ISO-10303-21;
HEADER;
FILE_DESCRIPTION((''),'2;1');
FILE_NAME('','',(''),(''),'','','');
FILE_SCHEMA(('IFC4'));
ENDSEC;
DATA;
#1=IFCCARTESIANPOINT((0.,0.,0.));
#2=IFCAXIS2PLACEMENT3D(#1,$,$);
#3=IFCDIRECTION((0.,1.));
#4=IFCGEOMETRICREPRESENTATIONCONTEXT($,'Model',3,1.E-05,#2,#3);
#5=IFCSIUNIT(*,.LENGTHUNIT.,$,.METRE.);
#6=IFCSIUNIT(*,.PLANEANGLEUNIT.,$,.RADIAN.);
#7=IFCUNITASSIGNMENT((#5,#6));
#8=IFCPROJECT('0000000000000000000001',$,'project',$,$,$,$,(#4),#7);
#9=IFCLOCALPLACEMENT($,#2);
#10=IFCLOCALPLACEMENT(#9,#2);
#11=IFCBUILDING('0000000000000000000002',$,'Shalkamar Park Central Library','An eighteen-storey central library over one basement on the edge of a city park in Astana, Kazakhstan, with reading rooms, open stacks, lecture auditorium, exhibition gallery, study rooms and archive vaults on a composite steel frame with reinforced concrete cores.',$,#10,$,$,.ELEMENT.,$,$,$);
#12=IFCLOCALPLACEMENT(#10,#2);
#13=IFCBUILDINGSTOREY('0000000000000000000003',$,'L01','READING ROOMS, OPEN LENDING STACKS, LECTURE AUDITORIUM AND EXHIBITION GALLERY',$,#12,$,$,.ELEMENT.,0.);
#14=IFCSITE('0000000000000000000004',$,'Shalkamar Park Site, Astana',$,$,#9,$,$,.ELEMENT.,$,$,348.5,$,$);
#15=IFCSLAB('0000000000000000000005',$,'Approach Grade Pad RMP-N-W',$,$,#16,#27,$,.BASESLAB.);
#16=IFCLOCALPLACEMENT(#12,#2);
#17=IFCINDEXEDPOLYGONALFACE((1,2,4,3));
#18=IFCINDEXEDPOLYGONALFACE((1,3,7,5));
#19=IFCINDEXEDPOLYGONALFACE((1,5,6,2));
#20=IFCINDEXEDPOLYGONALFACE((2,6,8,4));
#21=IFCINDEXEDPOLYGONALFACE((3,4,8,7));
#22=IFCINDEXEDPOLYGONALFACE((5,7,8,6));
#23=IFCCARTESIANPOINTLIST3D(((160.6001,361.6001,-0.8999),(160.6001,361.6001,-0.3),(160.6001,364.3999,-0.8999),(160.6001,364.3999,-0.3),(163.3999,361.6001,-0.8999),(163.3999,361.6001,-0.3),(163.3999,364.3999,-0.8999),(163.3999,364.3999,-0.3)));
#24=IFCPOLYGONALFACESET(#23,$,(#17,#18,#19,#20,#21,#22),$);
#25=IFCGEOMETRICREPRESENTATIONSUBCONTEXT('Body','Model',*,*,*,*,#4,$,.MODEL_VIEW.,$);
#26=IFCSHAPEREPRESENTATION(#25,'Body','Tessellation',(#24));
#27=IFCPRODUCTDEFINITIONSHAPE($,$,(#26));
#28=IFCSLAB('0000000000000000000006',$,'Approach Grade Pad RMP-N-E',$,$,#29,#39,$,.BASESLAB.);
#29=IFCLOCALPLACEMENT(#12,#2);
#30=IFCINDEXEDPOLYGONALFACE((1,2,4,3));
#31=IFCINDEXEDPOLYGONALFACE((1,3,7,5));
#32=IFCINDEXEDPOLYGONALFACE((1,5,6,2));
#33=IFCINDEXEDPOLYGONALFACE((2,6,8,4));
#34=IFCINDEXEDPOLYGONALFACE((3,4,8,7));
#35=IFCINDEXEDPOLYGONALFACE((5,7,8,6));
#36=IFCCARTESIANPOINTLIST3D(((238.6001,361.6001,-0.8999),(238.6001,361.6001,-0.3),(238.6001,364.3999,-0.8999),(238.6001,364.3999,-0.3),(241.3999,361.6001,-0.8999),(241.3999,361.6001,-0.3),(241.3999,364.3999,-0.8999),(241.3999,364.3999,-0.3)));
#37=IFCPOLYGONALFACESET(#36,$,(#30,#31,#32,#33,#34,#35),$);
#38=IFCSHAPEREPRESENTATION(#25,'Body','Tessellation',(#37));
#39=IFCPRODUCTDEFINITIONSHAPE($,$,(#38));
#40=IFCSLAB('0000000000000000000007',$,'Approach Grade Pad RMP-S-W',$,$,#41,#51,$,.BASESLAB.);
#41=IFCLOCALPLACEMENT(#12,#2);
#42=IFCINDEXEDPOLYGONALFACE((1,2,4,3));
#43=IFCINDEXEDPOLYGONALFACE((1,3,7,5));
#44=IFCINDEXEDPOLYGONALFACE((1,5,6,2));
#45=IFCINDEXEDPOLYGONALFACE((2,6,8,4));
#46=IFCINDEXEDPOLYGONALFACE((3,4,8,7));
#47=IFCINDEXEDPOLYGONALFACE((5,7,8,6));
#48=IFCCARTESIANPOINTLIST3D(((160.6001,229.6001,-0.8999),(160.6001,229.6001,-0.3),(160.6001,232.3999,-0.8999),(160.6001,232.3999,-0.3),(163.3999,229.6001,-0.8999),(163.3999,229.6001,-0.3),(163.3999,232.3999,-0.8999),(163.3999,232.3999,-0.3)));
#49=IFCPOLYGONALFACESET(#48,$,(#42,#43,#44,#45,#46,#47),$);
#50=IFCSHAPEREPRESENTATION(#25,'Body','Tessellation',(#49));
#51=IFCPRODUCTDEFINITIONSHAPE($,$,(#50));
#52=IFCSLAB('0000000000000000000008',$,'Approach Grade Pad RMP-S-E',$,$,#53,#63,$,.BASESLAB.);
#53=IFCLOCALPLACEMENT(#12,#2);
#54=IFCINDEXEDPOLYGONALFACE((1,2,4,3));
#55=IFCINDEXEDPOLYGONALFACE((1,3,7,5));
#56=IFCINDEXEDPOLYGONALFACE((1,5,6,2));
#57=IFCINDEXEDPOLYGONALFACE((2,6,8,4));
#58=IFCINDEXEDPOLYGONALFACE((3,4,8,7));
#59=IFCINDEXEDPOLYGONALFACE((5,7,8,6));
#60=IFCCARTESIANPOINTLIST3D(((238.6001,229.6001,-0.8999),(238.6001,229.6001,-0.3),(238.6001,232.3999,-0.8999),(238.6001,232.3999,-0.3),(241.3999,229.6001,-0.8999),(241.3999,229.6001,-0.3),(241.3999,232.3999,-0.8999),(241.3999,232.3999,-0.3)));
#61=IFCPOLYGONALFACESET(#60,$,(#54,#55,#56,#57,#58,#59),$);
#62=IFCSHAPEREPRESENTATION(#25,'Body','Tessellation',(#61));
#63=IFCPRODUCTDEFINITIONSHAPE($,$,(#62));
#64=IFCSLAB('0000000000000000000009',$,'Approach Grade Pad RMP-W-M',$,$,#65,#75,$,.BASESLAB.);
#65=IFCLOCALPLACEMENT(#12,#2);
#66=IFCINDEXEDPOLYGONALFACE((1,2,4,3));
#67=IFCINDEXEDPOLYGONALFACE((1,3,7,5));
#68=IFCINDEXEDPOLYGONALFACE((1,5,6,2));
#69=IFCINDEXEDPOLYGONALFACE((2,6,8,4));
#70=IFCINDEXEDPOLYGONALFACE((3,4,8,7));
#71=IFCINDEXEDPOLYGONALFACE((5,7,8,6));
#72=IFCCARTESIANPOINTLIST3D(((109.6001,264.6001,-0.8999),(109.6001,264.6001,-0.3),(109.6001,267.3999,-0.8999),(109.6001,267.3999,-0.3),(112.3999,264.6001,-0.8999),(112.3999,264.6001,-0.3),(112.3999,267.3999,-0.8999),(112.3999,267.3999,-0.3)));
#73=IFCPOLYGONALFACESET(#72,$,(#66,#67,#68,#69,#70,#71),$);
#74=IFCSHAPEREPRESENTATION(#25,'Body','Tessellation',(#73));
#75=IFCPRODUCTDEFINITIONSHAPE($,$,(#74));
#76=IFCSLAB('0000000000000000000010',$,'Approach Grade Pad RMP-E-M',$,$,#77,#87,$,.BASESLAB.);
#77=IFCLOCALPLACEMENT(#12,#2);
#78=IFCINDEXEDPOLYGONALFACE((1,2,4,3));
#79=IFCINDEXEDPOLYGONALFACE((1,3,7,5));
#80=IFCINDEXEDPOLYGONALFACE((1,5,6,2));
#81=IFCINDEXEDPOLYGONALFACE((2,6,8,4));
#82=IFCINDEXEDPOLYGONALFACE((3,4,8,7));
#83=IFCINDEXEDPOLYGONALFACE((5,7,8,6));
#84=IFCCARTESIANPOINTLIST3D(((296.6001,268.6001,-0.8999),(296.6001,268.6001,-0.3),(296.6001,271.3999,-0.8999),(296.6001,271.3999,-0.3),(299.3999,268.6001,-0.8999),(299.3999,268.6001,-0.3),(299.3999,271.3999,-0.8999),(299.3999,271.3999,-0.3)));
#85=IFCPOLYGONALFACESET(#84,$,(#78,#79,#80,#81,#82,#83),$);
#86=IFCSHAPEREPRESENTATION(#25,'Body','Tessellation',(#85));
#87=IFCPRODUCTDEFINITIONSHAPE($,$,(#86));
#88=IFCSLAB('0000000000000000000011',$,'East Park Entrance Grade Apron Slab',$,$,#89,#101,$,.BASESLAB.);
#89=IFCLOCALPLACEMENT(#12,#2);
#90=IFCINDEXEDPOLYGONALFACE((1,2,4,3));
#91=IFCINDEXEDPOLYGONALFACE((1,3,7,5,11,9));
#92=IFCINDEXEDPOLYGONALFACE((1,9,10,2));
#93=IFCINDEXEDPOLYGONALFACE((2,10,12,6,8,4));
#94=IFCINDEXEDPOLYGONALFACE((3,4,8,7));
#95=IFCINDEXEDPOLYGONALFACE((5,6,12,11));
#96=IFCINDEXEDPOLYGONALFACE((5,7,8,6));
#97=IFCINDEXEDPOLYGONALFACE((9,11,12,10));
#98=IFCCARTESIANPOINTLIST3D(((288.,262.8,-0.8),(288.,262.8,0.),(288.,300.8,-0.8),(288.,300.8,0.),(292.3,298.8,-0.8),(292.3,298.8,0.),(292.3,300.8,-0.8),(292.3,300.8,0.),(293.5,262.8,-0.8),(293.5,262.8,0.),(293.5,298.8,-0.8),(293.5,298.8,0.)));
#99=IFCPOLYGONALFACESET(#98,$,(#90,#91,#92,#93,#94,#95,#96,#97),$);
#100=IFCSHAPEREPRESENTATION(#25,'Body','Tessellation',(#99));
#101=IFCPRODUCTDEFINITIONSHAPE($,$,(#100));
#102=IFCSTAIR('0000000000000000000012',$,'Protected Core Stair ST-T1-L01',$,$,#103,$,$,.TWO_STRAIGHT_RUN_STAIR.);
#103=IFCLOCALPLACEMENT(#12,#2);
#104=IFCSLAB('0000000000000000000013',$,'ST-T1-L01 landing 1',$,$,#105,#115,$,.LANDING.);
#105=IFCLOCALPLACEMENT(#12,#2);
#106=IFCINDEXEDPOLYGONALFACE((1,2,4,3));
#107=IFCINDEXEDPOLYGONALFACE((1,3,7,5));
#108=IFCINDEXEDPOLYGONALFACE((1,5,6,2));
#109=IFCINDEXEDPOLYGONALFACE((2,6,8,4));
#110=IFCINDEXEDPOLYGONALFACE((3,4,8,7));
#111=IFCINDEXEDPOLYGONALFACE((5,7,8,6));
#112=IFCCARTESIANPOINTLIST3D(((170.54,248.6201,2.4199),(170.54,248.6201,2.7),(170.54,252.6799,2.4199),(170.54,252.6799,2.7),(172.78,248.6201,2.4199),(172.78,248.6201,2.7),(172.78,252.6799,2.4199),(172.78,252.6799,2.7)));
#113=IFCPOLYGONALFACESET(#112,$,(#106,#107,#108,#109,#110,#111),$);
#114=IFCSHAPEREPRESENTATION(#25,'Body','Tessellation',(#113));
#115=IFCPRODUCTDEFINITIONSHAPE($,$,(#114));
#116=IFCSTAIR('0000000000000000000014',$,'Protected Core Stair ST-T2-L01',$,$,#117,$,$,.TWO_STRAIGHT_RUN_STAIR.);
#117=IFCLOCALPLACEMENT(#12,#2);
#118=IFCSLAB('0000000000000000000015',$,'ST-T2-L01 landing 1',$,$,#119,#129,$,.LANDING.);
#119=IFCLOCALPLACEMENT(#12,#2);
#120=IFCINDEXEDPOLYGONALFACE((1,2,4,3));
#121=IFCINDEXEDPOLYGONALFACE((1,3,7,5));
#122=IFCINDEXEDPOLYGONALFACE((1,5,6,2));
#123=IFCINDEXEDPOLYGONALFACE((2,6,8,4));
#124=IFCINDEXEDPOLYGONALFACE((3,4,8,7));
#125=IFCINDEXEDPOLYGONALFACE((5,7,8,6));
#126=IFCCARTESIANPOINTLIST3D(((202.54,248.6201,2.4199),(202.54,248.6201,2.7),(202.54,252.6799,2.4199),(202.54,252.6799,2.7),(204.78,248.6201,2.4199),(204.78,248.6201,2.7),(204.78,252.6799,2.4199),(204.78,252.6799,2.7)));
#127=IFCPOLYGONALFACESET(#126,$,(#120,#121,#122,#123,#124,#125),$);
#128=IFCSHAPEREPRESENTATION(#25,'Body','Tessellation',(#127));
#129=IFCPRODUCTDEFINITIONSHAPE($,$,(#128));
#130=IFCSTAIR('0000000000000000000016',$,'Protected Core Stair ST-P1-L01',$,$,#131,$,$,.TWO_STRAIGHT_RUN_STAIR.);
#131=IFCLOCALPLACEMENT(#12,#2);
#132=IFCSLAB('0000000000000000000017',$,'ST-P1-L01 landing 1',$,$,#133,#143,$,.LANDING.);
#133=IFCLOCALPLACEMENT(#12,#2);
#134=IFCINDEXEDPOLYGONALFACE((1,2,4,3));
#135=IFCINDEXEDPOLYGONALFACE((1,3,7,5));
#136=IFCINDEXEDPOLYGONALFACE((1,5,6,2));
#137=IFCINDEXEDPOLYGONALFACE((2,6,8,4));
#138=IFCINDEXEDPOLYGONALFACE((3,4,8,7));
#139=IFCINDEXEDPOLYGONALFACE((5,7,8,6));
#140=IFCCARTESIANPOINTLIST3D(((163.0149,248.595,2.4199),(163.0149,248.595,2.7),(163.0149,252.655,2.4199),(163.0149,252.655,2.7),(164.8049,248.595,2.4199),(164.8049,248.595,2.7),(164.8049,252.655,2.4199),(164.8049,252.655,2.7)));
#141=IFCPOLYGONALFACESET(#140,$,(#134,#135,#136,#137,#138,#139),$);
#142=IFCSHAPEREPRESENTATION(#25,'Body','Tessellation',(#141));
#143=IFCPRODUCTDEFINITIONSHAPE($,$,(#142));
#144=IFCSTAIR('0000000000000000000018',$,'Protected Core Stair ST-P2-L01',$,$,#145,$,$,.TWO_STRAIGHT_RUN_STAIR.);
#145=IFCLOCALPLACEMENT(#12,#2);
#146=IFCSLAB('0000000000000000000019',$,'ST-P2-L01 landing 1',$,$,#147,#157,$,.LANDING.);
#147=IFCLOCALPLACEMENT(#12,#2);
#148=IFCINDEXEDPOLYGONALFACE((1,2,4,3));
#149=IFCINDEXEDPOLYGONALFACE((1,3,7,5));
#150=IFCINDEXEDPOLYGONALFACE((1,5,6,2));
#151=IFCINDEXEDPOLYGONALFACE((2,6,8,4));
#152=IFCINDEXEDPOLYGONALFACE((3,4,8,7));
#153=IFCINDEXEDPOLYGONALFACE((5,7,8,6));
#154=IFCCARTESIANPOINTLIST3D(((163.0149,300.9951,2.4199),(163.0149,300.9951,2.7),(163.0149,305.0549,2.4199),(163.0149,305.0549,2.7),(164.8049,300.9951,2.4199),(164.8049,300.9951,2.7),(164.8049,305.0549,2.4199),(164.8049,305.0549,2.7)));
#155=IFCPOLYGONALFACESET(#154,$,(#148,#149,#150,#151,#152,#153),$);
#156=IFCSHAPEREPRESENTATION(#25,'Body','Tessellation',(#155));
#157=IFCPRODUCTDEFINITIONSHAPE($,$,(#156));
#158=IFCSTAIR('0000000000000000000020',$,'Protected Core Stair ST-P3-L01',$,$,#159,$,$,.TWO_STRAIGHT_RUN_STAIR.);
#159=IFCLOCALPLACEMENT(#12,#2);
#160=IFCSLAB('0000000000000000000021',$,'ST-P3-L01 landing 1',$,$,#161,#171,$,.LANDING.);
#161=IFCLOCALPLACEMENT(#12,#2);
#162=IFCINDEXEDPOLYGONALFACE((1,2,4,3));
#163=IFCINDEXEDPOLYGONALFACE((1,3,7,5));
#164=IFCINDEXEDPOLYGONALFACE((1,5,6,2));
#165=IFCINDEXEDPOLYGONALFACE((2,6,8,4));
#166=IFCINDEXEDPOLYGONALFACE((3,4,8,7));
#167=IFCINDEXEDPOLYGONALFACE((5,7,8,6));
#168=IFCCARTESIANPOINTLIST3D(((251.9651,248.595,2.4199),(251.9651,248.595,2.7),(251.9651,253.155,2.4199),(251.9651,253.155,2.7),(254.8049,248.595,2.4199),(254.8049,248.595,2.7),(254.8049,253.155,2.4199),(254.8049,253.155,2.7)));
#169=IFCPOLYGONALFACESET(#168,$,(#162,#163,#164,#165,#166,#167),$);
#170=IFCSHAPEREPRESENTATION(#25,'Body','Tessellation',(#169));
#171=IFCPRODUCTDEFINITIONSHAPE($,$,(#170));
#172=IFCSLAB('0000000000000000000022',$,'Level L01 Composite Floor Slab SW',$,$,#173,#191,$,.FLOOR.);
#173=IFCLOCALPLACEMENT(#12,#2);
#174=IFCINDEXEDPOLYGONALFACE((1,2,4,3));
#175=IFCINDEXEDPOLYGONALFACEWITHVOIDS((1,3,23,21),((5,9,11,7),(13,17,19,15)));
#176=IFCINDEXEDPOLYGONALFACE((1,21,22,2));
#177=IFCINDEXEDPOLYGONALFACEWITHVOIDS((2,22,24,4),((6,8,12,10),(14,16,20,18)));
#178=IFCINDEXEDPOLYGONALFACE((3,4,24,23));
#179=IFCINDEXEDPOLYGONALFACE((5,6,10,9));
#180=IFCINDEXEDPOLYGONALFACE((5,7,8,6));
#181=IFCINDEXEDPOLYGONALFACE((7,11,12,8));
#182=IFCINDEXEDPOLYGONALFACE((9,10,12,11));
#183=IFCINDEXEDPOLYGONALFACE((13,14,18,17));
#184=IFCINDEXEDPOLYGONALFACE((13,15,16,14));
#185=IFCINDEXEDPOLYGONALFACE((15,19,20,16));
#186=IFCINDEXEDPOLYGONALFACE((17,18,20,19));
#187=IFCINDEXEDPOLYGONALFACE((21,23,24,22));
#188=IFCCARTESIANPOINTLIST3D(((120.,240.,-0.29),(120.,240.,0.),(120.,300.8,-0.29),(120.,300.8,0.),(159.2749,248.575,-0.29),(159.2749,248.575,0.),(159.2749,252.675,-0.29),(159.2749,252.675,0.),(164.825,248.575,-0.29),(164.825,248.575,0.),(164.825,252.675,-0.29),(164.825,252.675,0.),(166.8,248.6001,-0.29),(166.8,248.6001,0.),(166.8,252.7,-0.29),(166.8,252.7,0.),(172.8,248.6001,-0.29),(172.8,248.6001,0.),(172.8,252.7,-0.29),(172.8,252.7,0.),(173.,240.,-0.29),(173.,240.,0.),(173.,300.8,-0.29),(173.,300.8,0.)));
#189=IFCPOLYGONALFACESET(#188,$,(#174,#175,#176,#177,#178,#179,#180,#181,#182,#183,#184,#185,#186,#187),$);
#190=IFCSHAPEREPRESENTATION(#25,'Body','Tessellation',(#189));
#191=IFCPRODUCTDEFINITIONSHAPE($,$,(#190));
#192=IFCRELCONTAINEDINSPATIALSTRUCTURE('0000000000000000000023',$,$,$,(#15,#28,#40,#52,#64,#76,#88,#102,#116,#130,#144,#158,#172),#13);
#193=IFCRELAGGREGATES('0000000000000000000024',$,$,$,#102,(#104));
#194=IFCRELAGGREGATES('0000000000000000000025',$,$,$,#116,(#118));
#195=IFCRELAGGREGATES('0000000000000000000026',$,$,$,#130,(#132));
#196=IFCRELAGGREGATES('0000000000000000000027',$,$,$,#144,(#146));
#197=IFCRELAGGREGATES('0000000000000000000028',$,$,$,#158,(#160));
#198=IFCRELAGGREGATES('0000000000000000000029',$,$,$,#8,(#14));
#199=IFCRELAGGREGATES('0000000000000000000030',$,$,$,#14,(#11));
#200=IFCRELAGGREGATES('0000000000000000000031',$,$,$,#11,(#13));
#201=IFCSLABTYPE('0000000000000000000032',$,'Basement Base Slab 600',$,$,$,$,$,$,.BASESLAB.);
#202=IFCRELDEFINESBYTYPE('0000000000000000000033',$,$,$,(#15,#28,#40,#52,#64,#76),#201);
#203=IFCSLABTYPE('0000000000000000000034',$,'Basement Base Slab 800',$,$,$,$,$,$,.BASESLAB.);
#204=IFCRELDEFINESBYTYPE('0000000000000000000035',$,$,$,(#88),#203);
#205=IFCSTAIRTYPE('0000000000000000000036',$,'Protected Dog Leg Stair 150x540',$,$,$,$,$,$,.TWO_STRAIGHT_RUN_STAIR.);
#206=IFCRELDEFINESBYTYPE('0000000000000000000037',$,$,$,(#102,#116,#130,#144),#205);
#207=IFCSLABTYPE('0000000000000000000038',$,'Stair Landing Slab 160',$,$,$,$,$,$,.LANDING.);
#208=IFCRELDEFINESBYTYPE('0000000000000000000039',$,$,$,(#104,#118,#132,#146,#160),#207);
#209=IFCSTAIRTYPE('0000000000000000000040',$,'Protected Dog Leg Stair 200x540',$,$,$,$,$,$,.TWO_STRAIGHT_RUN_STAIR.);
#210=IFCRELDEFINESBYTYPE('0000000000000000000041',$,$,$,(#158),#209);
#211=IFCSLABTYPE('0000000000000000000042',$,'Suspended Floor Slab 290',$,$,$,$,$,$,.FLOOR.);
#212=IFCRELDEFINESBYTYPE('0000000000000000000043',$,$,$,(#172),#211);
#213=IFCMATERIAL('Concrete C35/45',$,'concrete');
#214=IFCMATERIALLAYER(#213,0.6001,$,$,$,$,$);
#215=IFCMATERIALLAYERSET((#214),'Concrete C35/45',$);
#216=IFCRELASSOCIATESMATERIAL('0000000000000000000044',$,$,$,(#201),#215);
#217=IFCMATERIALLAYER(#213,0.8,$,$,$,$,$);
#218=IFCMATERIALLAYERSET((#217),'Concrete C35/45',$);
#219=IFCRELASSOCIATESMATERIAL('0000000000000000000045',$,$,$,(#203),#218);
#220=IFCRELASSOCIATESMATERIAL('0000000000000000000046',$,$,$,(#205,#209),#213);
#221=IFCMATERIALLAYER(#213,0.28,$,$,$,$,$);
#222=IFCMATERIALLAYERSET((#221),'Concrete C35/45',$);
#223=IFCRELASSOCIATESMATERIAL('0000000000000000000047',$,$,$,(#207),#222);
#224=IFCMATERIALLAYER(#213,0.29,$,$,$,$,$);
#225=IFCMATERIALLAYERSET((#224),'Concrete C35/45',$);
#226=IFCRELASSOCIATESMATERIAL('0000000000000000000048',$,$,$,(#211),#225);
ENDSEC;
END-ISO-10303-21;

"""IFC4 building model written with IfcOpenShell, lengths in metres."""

from ifc_helpers import new_model, si_unit, direction, frame, origin, place, context, subcontext, project, spatial, polyline, outline, extrude, material, layer, layer_set, type_object, element, aggregate, save


model = new_model("IFC4")

# Units and contexts
model_context = context("Model", 3, precision=1e-05, world=origin(), true_north=direction((0.0, 1.0)))
body_context = subcontext(model_context, "Body", "Model", "MODEL_VIEW")
ifc_project = project(units=[si_unit("LENGTHUNIT", "METRE"), si_unit("PLANEANGLEUNIT", "RADIAN")], contexts=[model_context])

# Site, building, storey
site_placement = place(None, origin())
site = spatial("IfcSite", under=ifc_project, at=site_placement, Name="Shalkamar Park Site, Astana", CompositionType="ELEMENT", RefElevation=348.5)
building_placement = place(site_placement, origin())
building = spatial("IfcBuilding", under=site, at=building_placement, Name="Shalkamar Park Central Library", Description="An eighteen-storey central library over one basement on the edge of a city park in Astana, Kazakhstan, with reading rooms, open stacks, lecture auditorium, exhibition gallery, study rooms and archive vaults on a composite steel frame with reinforced concrete cores.", CompositionType="ELEMENT")
storey_placement = place(building_placement, origin())
storey = spatial("IfcBuildingStorey", under=building, at=storey_placement, Name="L01", Description="READING ROOMS, OPEN LENDING STACKS, LECTURE AUDITORIUM AND EXHIBITION GALLERY", CompositionType="ELEMENT", Elevation=0.0)

# Slabs
ifc_material_1 = material(Name="Concrete C35/45", Category="concrete")
ifc_layer_1 = layer(ifc_material_1, 0.6001)
ifc_layer_set_1 = layer_set([ifc_layer_1], Name="Concrete C35/45")
slab_type_1 = type_object("IfcSlabType", Name="Basement Base Slab 600", PredefinedType="BASESLAB", material=ifc_layer_set_1)
slab_1_placement = place(storey_placement, frame((0.0, 0.0, -0.8999)))
element("IfcSlab", 1, at=slab_1_placement, inside=storey, type_object=slab_type_1, Name="Approach Grade Pad RMP-N-W", PredefinedType="BASESLAB", context=body_context, shape_type="SweptSolid", body=[
    extrude(outline(polyline([(160.6001, 361.6001), (163.3999, 361.6001), (163.3999, 364.3999), (160.6001, 364.3999), (160.6001, 361.6001)])), origin(), (0.0, 0.0, 1.0), 0.5999),
])
slab_2_placement = place(storey_placement, frame((0.0, 0.0, -0.8999)))
element("IfcSlab", 2, at=slab_2_placement, inside=storey, type_object=slab_type_1, Name="Approach Grade Pad RMP-N-E", PredefinedType="BASESLAB", context=body_context, shape_type="SweptSolid", body=[
    extrude(outline(polyline([(238.6001, 361.6001), (241.3999, 361.6001), (241.3999, 364.3999), (238.6001, 364.3999), (238.6001, 361.6001)])), origin(), (0.0, 0.0, 1.0), 0.5999),
])
slab_3_placement = place(storey_placement, frame((0.0, 0.0, -0.8999)))
element("IfcSlab", 3, at=slab_3_placement, inside=storey, type_object=slab_type_1, Name="Approach Grade Pad RMP-S-W", PredefinedType="BASESLAB", context=body_context, shape_type="SweptSolid", body=[
    extrude(outline(polyline([(160.6001, 229.6001), (163.3999, 229.6001), (163.3999, 232.3999), (160.6001, 232.3999), (160.6001, 229.6001)])), origin(), (0.0, 0.0, 1.0), 0.5999),
])
slab_4_placement = place(storey_placement, frame((0.0, 0.0, -0.8999)))
element("IfcSlab", 4, at=slab_4_placement, inside=storey, type_object=slab_type_1, Name="Approach Grade Pad RMP-S-E", PredefinedType="BASESLAB", context=body_context, shape_type="SweptSolid", body=[
    extrude(outline(polyline([(238.6001, 229.6001), (241.3999, 229.6001), (241.3999, 232.3999), (238.6001, 232.3999), (238.6001, 229.6001)])), origin(), (0.0, 0.0, 1.0), 0.5999),
])
slab_5_placement = place(storey_placement, frame((0.0, 0.0, -0.8999)))
element("IfcSlab", 5, at=slab_5_placement, inside=storey, type_object=slab_type_1, Name="Approach Grade Pad RMP-W-M", PredefinedType="BASESLAB", context=body_context, shape_type="SweptSolid", body=[
    extrude(outline(polyline([(109.6001, 264.6001), (112.3999, 264.6001), (112.3999, 267.3999), (109.6001, 267.3999), (109.6001, 264.6001)])), origin(), (0.0, 0.0, 1.0), 0.5999),
])
slab_6_placement = place(storey_placement, frame((0.0, 0.0, -0.8999)))
element("IfcSlab", 6, at=slab_6_placement, inside=storey, type_object=slab_type_1, Name="Approach Grade Pad RMP-E-M", PredefinedType="BASESLAB", context=body_context, shape_type="SweptSolid", body=[
    extrude(outline(polyline([(296.6001, 268.6001), (299.3999, 268.6001), (299.3999, 271.3999), (296.6001, 271.3999), (296.6001, 268.6001)])), origin(), (0.0, 0.0, 1.0), 0.5999),
])
ifc_layer_2 = layer(ifc_material_1, 0.8)
ifc_layer_set_2 = layer_set([ifc_layer_2], Name="Concrete C35/45")
slab_type_2 = type_object("IfcSlabType", Name="Basement Base Slab 800", PredefinedType="BASESLAB", material=ifc_layer_set_2)
slab_7_placement = place(storey_placement, frame((0.0, 0.0, -0.8)))
element("IfcSlab", 7, at=slab_7_placement, inside=storey, type_object=slab_type_2, Name="East Park Entrance Grade Apron Slab", PredefinedType="BASESLAB", context=body_context, shape_type="SweptSolid", body=[
    extrude(outline(polyline([(288.0, 262.8), (293.5, 262.8), (293.5, 298.8), (292.3, 298.8), (292.3, 300.8), (288.0, 300.8), (288.0, 262.8)])), origin(), (0.0, 0.0, 1.0), 0.8),
])

# Stairs, slabs
stair_type_1 = type_object("IfcStairType", Name="Protected Dog Leg Stair 150x540", PredefinedType="TWO_STRAIGHT_RUN_STAIR", material=ifc_material_1)
stair_1_placement = place(storey_placement, origin())
stair_1 = element("IfcStair", 8, at=stair_1_placement, inside=storey, type_object=stair_type_1, Name="Protected Core Stair ST-T1-L01", PredefinedType="TWO_STRAIGHT_RUN_STAIR")
ifc_layer_3 = layer(ifc_material_1, 0.28)
ifc_layer_set_3 = layer_set([ifc_layer_3], Name="Concrete C35/45")
slab_type_3 = type_object("IfcSlabType", Name="Stair Landing Slab 160", PredefinedType="LANDING", material=ifc_layer_set_3)
slab_8_placement = place(storey_placement, frame((0.0, 0.0, 2.4199)))
slab_8 = element("IfcSlab", 9, at=slab_8_placement, type_object=slab_type_3, Name="ST-T1-L01 landing 1", PredefinedType="LANDING", context=body_context, shape_type="SweptSolid", body=[
    extrude(outline(polyline([(170.54, 248.6201), (172.78, 248.6201), (172.78, 252.6799), (170.54, 252.6799), (170.54, 248.6201)])), origin(), (0.0, 0.0, 1.0), 0.28),
])
aggregate(stair_1, [slab_8])
stair_2_placement = place(storey_placement, origin())
stair_2 = element("IfcStair", 10, at=stair_2_placement, inside=storey, type_object=stair_type_1, Name="Protected Core Stair ST-T2-L01", PredefinedType="TWO_STRAIGHT_RUN_STAIR")
slab_9_placement = place(storey_placement, frame((0.0, 0.0, 2.4199)))
slab_9 = element("IfcSlab", 11, at=slab_9_placement, type_object=slab_type_3, Name="ST-T2-L01 landing 1", PredefinedType="LANDING", context=body_context, shape_type="SweptSolid", body=[
    extrude(outline(polyline([(202.54, 248.6201), (204.78, 248.6201), (204.78, 252.6799), (202.54, 252.6799), (202.54, 248.6201)])), origin(), (0.0, 0.0, 1.0), 0.28),
])
aggregate(stair_2, [slab_9])
stair_3_placement = place(storey_placement, origin())
stair_3 = element("IfcStair", 12, at=stair_3_placement, inside=storey, type_object=stair_type_1, Name="Protected Core Stair ST-P1-L01", PredefinedType="TWO_STRAIGHT_RUN_STAIR")
slab_10_placement = place(storey_placement, frame((0.0, 0.0, 2.4199)))
slab_10 = element("IfcSlab", 13, at=slab_10_placement, type_object=slab_type_3, Name="ST-P1-L01 landing 1", PredefinedType="LANDING", context=body_context, shape_type="SweptSolid", body=[
    extrude(outline(polyline([(163.0149, 248.595), (164.8049, 248.595), (164.8049, 252.655), (163.0149, 252.655), (163.0149, 248.595)])), origin(), (0.0, 0.0, 1.0), 0.28),
])
aggregate(stair_3, [slab_10])
stair_4_placement = place(storey_placement, origin())
stair_4 = element("IfcStair", 14, at=stair_4_placement, inside=storey, type_object=stair_type_1, Name="Protected Core Stair ST-P2-L01", PredefinedType="TWO_STRAIGHT_RUN_STAIR")
slab_11_placement = place(storey_placement, frame((0.0, 0.0, 2.4199)))
slab_11 = element("IfcSlab", 15, at=slab_11_placement, type_object=slab_type_3, Name="ST-P2-L01 landing 1", PredefinedType="LANDING", context=body_context, shape_type="SweptSolid", body=[
    extrude(outline(polyline([(163.0149, 300.9951), (164.8049, 300.9951), (164.8049, 305.0549), (163.0149, 305.0549), (163.0149, 300.9951)])), origin(), (0.0, 0.0, 1.0), 0.28),
])
aggregate(stair_4, [slab_11])
stair_type_2 = type_object("IfcStairType", Name="Protected Dog Leg Stair 200x540", PredefinedType="TWO_STRAIGHT_RUN_STAIR", material=ifc_material_1)
stair_5_placement = place(storey_placement, origin())
stair_5 = element("IfcStair", 16, at=stair_5_placement, inside=storey, type_object=stair_type_2, Name="Protected Core Stair ST-P3-L01", PredefinedType="TWO_STRAIGHT_RUN_STAIR")
slab_12_placement = place(storey_placement, frame((0.0, 0.0, 2.4199)))
slab_12 = element("IfcSlab", 17, at=slab_12_placement, type_object=slab_type_3, Name="ST-P3-L01 landing 1", PredefinedType="LANDING", context=body_context, shape_type="SweptSolid", body=[
    extrude(outline(polyline([(251.9651, 248.595), (254.8049, 248.595), (254.8049, 253.155), (251.9651, 253.155), (251.9651, 248.595)])), origin(), (0.0, 0.0, 1.0), 0.28),
])
aggregate(stair_5, [slab_12])

# Slab
ifc_layer_4 = layer(ifc_material_1, 0.29)
ifc_layer_set_4 = layer_set([ifc_layer_4], Name="Concrete C35/45")
slab_type_4 = type_object("IfcSlabType", Name="Suspended Floor Slab 290", PredefinedType="FLOOR", material=ifc_layer_set_4)
slab_13_placement = place(storey_placement, frame((0.0, 0.0, -0.29)))
element("IfcSlab", 18, at=slab_13_placement, inside=storey, type_object=slab_type_4, Name="Level L01 Composite Floor Slab SW", PredefinedType="FLOOR", context=body_context, shape_type="SweptSolid", body=[
    extrude(outline(polyline([(120.0, 240.0), (120.0, 300.8), (173.0, 300.8), (173.0, 240.0), (120.0, 240.0)]), holes=[polyline([(164.825, 252.675), (159.2749, 252.675), (159.2749, 248.575), (164.825, 248.575), (164.825, 252.675)]), polyline([(172.8, 252.7), (166.8, 252.7), (166.8, 248.6001), (172.8, 248.6001), (172.8, 252.7)])]), origin(), (0.0, 0.0, 1.0), 0.29),
])

save(model, "model.ifc")
